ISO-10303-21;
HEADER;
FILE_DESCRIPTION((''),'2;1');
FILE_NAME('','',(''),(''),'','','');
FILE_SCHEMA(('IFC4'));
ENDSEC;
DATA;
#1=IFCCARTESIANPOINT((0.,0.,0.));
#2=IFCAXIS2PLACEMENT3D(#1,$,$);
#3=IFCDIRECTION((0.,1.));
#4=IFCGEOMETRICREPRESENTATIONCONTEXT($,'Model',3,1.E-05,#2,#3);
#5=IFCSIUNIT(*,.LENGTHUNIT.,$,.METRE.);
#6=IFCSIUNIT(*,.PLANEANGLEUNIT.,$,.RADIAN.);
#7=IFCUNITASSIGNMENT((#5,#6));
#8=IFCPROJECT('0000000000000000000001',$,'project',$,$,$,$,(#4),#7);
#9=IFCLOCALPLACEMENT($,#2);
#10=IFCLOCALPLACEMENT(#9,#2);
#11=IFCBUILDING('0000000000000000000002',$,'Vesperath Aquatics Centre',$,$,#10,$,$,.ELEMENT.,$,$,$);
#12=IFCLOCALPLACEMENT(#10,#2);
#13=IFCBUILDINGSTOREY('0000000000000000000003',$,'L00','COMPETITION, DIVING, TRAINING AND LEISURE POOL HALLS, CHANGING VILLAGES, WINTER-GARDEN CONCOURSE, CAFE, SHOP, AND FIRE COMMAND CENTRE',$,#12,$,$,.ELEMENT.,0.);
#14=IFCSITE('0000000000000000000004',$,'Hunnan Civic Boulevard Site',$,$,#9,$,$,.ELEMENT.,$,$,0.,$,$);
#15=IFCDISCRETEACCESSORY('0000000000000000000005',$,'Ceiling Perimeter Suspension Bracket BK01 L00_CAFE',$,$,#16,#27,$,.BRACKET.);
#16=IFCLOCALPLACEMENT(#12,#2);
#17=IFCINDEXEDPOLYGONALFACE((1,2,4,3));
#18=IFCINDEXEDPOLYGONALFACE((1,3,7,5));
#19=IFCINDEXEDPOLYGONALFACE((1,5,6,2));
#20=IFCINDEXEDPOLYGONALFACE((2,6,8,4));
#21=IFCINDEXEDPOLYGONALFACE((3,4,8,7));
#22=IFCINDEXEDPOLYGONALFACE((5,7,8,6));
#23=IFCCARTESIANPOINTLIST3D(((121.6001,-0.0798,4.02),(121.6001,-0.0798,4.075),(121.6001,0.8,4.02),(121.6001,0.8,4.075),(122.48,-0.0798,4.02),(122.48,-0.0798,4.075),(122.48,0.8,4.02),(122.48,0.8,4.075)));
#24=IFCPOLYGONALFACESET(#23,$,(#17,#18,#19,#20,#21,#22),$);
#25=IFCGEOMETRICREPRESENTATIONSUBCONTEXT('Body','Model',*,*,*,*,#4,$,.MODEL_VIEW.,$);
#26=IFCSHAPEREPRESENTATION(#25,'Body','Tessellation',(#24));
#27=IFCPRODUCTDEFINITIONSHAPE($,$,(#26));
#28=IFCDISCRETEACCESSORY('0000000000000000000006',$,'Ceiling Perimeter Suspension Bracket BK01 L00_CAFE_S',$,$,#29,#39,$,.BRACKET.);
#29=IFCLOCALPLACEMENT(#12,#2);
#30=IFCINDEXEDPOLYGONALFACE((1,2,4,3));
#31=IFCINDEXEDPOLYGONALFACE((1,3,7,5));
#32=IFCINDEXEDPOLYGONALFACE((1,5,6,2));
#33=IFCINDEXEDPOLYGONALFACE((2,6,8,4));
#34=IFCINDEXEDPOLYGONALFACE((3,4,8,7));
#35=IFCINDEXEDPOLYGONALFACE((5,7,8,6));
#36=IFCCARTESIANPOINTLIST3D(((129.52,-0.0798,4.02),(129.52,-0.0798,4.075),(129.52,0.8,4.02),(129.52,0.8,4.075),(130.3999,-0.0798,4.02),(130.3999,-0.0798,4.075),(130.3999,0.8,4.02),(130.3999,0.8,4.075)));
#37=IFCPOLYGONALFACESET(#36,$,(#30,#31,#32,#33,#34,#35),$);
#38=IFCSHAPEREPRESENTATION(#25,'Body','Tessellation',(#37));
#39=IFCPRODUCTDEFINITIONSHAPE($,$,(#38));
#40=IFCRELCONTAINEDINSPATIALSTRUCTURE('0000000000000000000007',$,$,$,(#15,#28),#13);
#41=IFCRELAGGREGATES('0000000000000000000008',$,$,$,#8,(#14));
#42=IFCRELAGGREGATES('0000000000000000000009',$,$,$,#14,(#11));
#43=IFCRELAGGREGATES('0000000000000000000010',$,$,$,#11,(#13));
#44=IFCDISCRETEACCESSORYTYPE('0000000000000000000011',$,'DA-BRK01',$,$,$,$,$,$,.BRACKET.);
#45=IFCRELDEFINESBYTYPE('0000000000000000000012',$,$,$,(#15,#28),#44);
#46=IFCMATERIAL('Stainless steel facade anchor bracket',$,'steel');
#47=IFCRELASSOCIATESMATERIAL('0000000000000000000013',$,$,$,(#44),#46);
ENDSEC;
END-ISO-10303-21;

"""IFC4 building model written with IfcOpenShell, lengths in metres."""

from ifc_helpers import new_model, si_unit, direction, frame, origin, origin_2d, place, context, subcontext, project, spatial, rectangle, extrude, material, type_object, element, save


model = new_model("IFC4")

# Units and contexts
model_context = context("Model", 3, precision=1e-05, world=origin(), true_north=direction((0.0, 1.0)))
body_context = subcontext(model_context, "Body", "Model", "MODEL_VIEW")
ifc_project = project(units=[si_unit("LENGTHUNIT", "METRE"), si_unit("PLANEANGLEUNIT", "RADIAN")], contexts=[model_context])

# Site, building, storey
site_placement = place(None, origin())
site = spatial("IfcSite", under=ifc_project, at=site_placement, Name="Hunnan Civic Boulevard Site", CompositionType="ELEMENT", RefElevation=0.0)
building_placement = place(site_placement, origin())
building = spatial("IfcBuilding", under=site, at=building_placement, Name="Vesperath Aquatics Centre", CompositionType="ELEMENT")
storey_placement = place(building_placement, origin())
storey = spatial("IfcBuildingStorey", under=building, at=storey_placement, Name="L00", Description="COMPETITION, DIVING, TRAINING AND LEISURE POOL HALLS, CHANGING VILLAGES, WINTER-GARDEN CONCOURSE, CAFE, SHOP, AND FIRE COMMAND CENTRE", CompositionType="ELEMENT", Elevation=0.0)

# Discrete accessories
ifc_material_1 = material(Name="Stainless steel facade anchor bracket", Category="steel")
discrete_accessory_type = type_object("IfcDiscreteAccessoryType", Name="DA-BRK01", PredefinedType="BRACKET", material=ifc_material_1)
for number, where, z_axis, x_axis, name in (
    (1, (122.04, 0.3601, 4.02), (0.0, 0.0, 1.0), (1.0, 0.0, 0.0), "Ceiling Perimeter Suspension Bracket BK01 L00_CAFE"),
    (2, (129.96, 0.3601, 4.02), (0.0, 0.0, 1.0), (1.0, 0.0, 0.0), "Ceiling Perimeter Suspension Bracket BK01 L00_CAFE_S"),
):
    element("IfcDiscreteAccessory", number, at=place(storey_placement, frame(where, z_axis=z_axis, x_axis=x_axis)), inside=storey, type_object=discrete_accessory_type, Name=name, PredefinedType="BRACKET", context=body_context, shape_type="SweptSolid", body=[
        extrude(rectangle(XDim=0.8799, YDim=0.8799, at=origin_2d()), origin(), (0.0, 0.0, 1.0), 0.0549),
    ])

save(model, "model.ifc")
